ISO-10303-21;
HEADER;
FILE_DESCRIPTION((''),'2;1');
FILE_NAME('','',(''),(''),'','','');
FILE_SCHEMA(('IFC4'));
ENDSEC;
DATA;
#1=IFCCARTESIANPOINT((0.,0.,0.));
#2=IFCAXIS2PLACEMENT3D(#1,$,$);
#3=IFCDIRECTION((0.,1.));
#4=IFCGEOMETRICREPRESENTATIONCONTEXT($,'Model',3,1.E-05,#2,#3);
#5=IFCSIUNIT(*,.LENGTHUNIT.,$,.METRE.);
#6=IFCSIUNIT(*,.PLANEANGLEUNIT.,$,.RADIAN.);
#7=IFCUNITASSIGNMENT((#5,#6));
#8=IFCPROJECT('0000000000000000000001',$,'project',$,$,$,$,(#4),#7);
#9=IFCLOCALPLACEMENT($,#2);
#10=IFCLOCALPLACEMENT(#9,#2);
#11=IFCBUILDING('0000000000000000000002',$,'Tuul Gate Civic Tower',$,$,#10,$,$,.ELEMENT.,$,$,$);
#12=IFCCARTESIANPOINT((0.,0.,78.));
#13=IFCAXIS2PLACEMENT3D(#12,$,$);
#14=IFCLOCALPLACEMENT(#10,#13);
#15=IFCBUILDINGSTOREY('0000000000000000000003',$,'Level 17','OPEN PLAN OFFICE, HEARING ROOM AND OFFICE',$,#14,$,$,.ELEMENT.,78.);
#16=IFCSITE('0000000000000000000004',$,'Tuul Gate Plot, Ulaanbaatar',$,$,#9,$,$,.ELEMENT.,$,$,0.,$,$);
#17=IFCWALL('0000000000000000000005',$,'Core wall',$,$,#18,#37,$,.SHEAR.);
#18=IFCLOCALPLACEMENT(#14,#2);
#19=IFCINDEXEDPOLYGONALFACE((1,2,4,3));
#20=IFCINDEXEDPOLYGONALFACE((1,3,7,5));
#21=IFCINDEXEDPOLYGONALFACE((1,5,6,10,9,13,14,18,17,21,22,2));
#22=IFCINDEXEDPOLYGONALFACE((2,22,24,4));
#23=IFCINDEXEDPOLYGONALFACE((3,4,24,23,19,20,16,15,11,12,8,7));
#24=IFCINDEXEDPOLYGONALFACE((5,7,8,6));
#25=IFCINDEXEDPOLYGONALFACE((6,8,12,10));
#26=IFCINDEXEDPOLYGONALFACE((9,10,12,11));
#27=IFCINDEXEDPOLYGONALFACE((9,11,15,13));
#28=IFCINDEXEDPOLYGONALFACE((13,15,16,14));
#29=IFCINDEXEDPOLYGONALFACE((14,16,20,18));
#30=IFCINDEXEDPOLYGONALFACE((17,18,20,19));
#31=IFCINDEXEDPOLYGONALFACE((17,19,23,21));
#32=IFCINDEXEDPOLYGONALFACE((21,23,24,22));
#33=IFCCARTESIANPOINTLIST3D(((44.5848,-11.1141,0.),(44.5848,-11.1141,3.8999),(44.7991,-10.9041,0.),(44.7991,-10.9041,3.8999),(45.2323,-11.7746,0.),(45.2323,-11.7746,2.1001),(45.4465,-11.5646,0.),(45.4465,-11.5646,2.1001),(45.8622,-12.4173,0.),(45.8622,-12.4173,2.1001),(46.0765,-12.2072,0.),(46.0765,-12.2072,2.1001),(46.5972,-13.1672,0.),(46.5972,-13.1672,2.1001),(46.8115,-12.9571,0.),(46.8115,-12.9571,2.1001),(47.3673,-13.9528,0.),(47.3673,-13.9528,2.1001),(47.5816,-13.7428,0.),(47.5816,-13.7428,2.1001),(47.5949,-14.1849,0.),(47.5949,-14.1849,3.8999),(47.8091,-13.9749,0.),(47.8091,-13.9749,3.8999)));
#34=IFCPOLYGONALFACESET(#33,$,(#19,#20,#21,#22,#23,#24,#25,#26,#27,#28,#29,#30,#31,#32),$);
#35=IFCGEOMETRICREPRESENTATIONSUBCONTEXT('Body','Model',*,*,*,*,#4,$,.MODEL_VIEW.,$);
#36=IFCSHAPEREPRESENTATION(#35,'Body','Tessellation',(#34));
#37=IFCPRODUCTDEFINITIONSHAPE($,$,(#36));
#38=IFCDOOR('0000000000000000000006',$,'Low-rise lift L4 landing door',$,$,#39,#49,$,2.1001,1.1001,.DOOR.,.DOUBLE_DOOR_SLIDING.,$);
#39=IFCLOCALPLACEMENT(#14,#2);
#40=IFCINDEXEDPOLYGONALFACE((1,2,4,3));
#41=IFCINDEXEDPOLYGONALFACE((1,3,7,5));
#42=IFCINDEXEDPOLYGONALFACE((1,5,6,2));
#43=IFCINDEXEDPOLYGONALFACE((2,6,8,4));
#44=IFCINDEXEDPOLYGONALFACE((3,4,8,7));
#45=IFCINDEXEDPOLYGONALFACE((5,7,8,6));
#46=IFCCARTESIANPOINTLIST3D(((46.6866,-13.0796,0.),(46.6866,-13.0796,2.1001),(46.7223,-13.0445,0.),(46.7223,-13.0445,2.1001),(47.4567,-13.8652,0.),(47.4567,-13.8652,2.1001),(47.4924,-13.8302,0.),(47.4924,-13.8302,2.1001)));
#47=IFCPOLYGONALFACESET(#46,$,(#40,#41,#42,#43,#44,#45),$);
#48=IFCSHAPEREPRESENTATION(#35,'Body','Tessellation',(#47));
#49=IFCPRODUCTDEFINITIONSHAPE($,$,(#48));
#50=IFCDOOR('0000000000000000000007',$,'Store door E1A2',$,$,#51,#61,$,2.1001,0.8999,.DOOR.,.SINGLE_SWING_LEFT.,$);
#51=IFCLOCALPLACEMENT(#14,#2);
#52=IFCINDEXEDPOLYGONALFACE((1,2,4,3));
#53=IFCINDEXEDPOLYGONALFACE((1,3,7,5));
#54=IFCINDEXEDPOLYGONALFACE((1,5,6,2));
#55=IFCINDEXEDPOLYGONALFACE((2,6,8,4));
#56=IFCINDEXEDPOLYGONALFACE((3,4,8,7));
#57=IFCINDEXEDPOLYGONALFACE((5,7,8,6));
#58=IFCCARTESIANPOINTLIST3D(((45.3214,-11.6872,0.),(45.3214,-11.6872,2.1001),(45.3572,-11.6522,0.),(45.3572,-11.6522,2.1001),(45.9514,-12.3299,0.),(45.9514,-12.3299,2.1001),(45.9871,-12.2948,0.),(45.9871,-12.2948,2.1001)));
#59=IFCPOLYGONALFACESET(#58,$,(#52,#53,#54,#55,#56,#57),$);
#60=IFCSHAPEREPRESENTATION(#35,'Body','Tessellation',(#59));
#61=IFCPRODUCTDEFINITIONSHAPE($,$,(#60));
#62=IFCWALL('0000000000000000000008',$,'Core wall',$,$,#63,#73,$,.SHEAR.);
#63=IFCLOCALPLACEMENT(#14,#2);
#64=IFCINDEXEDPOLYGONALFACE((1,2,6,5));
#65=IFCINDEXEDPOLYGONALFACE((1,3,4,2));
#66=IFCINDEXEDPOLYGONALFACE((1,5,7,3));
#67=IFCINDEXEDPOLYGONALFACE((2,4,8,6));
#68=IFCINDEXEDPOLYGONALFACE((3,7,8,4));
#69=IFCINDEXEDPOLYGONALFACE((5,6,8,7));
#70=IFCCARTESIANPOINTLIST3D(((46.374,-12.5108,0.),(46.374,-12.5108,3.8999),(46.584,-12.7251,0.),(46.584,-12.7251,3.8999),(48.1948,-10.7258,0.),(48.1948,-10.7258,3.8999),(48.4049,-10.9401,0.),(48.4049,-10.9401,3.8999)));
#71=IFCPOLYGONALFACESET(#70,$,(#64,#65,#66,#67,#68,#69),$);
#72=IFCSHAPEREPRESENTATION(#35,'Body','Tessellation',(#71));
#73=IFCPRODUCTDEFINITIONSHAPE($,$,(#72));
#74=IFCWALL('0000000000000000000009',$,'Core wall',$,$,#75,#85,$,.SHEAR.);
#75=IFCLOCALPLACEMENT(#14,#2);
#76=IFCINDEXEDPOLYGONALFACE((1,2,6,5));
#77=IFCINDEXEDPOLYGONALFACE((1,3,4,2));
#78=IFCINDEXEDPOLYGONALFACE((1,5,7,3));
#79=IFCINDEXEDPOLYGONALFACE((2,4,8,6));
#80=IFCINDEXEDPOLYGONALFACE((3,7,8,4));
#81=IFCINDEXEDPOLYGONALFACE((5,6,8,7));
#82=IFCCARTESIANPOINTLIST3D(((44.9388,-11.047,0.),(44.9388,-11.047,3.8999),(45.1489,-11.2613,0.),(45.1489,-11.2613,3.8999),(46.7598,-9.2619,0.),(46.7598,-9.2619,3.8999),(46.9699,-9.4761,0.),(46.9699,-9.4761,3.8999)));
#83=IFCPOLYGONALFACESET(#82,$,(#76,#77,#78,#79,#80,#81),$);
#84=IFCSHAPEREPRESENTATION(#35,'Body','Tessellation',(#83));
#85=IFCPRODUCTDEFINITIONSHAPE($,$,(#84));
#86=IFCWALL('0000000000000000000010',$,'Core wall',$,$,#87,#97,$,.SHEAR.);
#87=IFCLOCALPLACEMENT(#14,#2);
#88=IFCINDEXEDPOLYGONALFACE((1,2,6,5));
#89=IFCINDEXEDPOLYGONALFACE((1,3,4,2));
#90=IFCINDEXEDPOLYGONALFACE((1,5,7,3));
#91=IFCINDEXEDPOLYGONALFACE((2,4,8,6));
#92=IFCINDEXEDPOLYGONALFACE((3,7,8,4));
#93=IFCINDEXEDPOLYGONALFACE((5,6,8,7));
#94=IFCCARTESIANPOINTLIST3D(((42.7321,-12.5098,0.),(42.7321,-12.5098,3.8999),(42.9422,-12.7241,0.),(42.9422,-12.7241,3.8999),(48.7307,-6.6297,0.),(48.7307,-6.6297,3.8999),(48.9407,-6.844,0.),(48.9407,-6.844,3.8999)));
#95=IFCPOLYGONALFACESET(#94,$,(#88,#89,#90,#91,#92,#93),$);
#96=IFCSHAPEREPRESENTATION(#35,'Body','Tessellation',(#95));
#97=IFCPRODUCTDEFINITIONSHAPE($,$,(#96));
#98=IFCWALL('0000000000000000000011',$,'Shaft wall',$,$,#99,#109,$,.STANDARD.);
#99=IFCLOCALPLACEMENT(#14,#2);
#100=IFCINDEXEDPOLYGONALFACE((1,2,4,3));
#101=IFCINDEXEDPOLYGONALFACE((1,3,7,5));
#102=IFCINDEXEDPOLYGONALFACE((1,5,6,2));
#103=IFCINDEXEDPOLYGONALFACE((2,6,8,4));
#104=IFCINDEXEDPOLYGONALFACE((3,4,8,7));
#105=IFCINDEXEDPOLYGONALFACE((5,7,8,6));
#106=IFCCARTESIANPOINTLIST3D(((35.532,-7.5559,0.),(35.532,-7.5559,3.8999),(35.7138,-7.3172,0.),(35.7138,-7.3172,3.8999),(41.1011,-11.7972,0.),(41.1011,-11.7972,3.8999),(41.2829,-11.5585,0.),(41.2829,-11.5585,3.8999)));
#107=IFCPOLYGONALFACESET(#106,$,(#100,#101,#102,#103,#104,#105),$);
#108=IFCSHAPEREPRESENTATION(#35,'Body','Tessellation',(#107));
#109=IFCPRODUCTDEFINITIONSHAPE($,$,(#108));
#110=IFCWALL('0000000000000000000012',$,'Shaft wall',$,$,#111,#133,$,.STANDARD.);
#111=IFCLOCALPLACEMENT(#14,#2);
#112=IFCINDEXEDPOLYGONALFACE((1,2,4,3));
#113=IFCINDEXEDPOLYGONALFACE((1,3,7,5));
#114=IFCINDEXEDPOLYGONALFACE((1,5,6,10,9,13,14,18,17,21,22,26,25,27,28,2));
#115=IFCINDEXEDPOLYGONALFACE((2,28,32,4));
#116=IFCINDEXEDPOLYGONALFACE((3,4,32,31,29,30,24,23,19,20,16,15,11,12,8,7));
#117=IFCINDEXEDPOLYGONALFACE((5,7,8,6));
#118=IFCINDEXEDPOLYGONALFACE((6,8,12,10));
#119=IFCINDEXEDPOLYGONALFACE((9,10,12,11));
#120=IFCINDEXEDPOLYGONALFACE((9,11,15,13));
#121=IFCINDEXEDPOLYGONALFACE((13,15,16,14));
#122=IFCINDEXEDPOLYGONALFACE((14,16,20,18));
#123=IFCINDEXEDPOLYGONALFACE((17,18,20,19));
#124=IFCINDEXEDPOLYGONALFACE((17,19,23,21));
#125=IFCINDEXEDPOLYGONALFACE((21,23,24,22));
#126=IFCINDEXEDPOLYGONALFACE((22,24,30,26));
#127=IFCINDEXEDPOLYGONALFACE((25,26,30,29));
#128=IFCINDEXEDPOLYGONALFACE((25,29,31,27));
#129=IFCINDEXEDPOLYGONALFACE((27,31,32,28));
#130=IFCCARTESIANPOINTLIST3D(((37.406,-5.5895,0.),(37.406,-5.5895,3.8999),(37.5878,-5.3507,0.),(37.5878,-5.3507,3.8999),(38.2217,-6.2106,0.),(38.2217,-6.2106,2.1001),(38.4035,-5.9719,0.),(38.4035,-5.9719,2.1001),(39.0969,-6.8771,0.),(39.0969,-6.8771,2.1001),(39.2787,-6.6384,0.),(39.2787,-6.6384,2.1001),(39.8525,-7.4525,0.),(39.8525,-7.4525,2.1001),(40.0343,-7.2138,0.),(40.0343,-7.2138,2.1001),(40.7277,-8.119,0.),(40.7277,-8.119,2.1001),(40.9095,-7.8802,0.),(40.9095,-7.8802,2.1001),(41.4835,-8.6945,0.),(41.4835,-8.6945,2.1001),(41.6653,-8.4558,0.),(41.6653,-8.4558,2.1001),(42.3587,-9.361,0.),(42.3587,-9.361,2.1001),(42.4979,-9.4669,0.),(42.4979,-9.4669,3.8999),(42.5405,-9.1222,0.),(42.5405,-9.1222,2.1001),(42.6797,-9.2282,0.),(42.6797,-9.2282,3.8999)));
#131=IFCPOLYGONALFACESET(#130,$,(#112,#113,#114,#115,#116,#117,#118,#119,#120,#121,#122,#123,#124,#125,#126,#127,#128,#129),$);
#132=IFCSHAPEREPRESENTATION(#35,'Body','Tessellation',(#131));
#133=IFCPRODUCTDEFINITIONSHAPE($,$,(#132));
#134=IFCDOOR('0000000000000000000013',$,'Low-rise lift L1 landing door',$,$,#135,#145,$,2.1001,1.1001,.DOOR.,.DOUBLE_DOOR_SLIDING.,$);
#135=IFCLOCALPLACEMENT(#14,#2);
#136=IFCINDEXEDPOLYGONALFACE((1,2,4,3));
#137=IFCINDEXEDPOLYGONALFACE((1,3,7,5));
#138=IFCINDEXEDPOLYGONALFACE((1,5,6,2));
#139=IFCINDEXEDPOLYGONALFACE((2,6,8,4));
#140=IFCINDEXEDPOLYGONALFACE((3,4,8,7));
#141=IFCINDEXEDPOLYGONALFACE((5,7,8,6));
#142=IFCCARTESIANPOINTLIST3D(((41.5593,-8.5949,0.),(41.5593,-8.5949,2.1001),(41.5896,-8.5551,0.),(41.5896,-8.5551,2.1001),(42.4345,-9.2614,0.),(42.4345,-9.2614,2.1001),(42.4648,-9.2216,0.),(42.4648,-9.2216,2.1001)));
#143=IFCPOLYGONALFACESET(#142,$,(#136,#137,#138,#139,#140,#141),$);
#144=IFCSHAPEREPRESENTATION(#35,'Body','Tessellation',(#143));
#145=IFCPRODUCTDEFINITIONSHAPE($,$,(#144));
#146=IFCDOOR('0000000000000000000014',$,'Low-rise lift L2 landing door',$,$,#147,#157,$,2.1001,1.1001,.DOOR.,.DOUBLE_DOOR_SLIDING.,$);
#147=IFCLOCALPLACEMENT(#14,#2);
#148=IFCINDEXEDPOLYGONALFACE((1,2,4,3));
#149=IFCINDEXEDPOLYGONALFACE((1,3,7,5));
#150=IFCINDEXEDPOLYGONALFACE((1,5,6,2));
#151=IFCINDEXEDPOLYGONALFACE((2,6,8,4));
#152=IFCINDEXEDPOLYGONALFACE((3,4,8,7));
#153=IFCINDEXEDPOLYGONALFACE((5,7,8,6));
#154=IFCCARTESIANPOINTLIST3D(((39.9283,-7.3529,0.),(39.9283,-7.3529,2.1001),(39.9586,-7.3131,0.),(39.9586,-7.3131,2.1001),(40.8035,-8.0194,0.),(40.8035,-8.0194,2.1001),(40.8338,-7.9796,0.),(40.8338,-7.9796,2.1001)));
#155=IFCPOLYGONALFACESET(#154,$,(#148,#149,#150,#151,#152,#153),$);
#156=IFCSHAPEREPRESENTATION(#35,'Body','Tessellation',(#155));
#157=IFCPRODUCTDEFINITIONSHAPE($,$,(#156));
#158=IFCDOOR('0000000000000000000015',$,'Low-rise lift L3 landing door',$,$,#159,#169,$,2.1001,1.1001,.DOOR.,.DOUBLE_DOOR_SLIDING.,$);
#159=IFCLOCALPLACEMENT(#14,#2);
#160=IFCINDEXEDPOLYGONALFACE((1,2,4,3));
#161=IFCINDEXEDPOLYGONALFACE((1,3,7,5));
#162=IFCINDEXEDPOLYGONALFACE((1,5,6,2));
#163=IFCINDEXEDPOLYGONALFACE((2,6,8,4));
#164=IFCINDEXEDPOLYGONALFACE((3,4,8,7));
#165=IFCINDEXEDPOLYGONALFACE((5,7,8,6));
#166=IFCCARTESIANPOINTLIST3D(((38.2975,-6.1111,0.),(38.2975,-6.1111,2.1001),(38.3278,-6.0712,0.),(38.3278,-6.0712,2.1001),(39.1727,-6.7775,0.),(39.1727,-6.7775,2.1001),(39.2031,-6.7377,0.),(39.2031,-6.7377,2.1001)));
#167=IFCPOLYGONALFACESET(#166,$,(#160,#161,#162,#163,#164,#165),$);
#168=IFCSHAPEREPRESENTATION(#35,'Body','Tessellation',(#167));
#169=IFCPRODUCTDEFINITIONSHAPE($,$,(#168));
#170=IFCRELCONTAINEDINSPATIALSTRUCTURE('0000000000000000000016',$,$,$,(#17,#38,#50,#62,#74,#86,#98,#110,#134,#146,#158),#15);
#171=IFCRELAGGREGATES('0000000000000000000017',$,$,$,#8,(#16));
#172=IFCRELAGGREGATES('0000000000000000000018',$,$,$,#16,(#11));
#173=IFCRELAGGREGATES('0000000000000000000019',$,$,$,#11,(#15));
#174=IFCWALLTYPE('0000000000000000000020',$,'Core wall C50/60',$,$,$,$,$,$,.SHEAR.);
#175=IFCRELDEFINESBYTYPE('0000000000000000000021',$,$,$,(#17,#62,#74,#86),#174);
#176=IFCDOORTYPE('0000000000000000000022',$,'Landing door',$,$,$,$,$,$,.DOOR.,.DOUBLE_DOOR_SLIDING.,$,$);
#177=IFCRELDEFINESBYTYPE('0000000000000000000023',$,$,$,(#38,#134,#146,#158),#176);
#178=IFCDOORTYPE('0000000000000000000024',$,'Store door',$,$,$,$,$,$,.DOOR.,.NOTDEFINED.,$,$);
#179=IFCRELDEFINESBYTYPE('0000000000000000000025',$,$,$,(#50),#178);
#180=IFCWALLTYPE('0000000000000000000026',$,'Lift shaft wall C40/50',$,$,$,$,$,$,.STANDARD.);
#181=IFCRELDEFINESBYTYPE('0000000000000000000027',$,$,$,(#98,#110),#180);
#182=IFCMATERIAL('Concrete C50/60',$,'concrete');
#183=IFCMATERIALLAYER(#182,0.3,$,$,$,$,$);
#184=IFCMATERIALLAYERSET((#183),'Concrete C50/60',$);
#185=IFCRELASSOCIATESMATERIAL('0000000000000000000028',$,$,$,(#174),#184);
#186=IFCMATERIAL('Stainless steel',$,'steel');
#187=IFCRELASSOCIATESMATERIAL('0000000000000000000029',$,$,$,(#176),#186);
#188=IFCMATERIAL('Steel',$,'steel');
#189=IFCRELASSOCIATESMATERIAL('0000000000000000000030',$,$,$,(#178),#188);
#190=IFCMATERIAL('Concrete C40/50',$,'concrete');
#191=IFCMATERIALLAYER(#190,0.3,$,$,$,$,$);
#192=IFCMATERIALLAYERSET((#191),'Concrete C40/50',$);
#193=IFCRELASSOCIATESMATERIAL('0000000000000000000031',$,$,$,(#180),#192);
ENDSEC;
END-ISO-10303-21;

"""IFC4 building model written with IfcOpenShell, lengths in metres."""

from ifc_helpers import new_model, si_unit, direction, frame, frame_2d, origin, place, context, subcontext, project, spatial, rectangle, extrude, material, layer, layer_set, type_object, element, fill, save


model = new_model("IFC4")

# Units and contexts
model_context = context("Model", 3, precision=1e-05, world=origin(), true_north=direction((0.0, 1.0)))
body_context = subcontext(model_context, "Body", "Model", "MODEL_VIEW")
ifc_project = project(units=[si_unit("LENGTHUNIT", "METRE"), si_unit("PLANEANGLEUNIT", "RADIAN")], contexts=[model_context])

# Site, building, storey
site_placement = place(None, origin())
site = spatial("IfcSite", under=ifc_project, at=site_placement, Name="Tuul Gate Plot, Ulaanbaatar", CompositionType="ELEMENT", RefElevation=0.0)
building_placement = place(site_placement, origin())
building = spatial("IfcBuilding", under=site, at=building_placement, Name="Tuul Gate Civic Tower", CompositionType="ELEMENT")
storey_placement = place(building_placement, frame((0.0, 0.0, 78.0)))
storey = spatial("IfcBuildingStorey", under=building, at=storey_placement, Name="Level 17", Description="OPEN PLAN OFFICE, HEARING ROOM AND OFFICE", CompositionType="ELEMENT", Elevation=78.0)

# Wall, openings, doors
ifc_material_1 = material(Name="Concrete C50/60", Category="concrete")
ifc_layer_1 = layer(ifc_material_1, 0.3)
ifc_layer_set_1 = layer_set([ifc_layer_1], Name="Concrete C50/60")
wall_type_1 = type_object("IfcWallType", Name="Core wall C50/60", PredefinedType="SHEAR", material=ifc_layer_set_1)
wall_1_placement = place(storey_placement, frame((47.7019, -14.0798, 0.0), z_axis=(0.0, 0.0, 1.0), x_axis=(-0.700003, 0.71414, 0.0)))
wall_1 = element("IfcWall", 1, at=wall_1_placement, inside=storey, type_object=wall_type_1, Name="Core wall", PredefinedType="SHEAR", context=body_context, shape_type="SweptSolid", body=[
    extrude(rectangle(XDim=4.3, YDim=0.3, at=frame_2d((2.1499, 0.0))), origin(), (0.0, 0.0, 1.0), 3.8999),
])
opening_1_placement = place(wall_1_placement, frame((0.325, 0.0, 0.0)))
opening_1 = element("IfcOpeningElement", 2, at=opening_1_placement, cuts=wall_1, PredefinedType="OPENING", context=body_context, shape_type="SweptSolid", body=[
    extrude(rectangle(XDim=1.1001, YDim=2.1001, at=frame_2d((0.55, 1.05))), frame((0.0, 0.1602, 0.0), z_axis=(0.0, -1.0, 0.0), x_axis=(1.0, 0.0, 0.0)), (0.0, 0.0, 1.0), 0.3201),
])
opening_2_placement = place(wall_1_placement, frame((2.4751, 0.0, 0.0)))
opening_2 = element("IfcOpeningElement", 3, at=opening_2_placement, cuts=wall_1, PredefinedType="OPENING", context=body_context, shape_type="SweptSolid", body=[
    extrude(rectangle(XDim=0.8999, YDim=2.1001, at=frame_2d((0.45, 1.05))), frame((0.0, 0.1602, 0.0), z_axis=(0.0, -1.0, 0.0), x_axis=(1.0, 0.0, 0.0)), (0.0, 0.0, 1.0), 0.3201),
])
ifc_material_2 = material(Name="Stainless steel", Category="steel")
door_type_1 = type_object("IfcDoorType", Name="Landing door", OperationType="DOUBLE_DOOR_SLIDING", PredefinedType="DOOR", material=ifc_material_2)
door_1_placement = place(opening_1_placement, origin())
door_1 = element("IfcDoor", 4, at=door_1_placement, inside=storey, type_object=door_type_1, Name="Low-rise lift L4 landing door", OperationType="DOUBLE_DOOR_SLIDING", OverallHeight=2.1001, OverallWidth=1.1001, PredefinedType="DOOR", context=body_context, shape_type="SweptSolid", body=[
    extrude(rectangle(XDim=1.1001, YDim=2.1001, at=frame_2d((0.55, 1.05))), frame((0.0, 0.0249, 0.0), z_axis=(0.0, -1.0, 0.0), x_axis=(1.0, 0.0, 0.0)), (0.0, 0.0, 1.0), 0.05),
])
fill(opening_1, door_1)
ifc_material_3 = material(Name="Steel", Category="steel")
door_type_2 = type_object("IfcDoorType", Name="Store door", OperationType="NOTDEFINED", PredefinedType="DOOR", material=ifc_material_3)
door_2_placement = place(opening_2_placement, frame((0.8999, 0.0, 0.0), z_axis=(0.0, 0.0, 1.0), x_axis=(-1.0, 0.0, 0.0)))
door_2 = element("IfcDoor", 5, at=door_2_placement, inside=storey, type_object=door_type_2, Name="Store door E1A2", OperationType="SINGLE_SWING_LEFT", OverallHeight=2.1001, OverallWidth=0.8999, PredefinedType="DOOR", context=body_context, shape_type="SweptSolid", body=[
    extrude(rectangle(XDim=0.8999, YDim=2.1001, at=frame_2d((0.45, 1.05))), frame((0.0, 0.0249, 0.0), z_axis=(0.0, -1.0, 0.0), x_axis=(1.0, 0.0, 0.0)), (0.0, 0.0, 1.0), 0.05),
])
fill(opening_2, door_2)

# Walls
wall_2_placement = place(storey_placement, frame((46.479, -12.6179, 0.0), z_axis=(0.0, 0.0, 1.0), x_axis=(0.714109, 0.700034, 0.0)))
element("IfcWall", 6, at=wall_2_placement, inside=storey, type_object=wall_type_1, Name="Core wall", PredefinedType="SHEAR", context=body_context, shape_type="SweptSolid", body=[
    extrude(rectangle(XDim=2.5498, YDim=0.3, at=frame_2d((1.2749, 0.0))), origin(), (0.0, 0.0, 1.0), 3.8999),
])
wall_3_placement = place(storey_placement, frame((45.0439, -11.1541, 0.0), z_axis=(0.0, 0.0, 1.0), x_axis=(0.714108, 0.700035, 0.0)))
element("IfcWall", 7, at=wall_3_placement, inside=storey, type_object=wall_type_1, Name="Core wall", PredefinedType="SHEAR", context=body_context, shape_type="SweptSolid", body=[
    extrude(rectangle(XDim=2.55, YDim=0.3, at=frame_2d((1.2749, 0.0))), origin(), (0.0, 0.0, 1.0), 3.8999),
])
wall_4_placement = place(storey_placement, frame((42.8372, -12.6169, 0.0), z_axis=(0.0, 0.0, 1.0), x_axis=(0.71412, 0.700023, 0.0)))
element("IfcWall", 8, at=wall_4_placement, inside=storey, type_object=wall_type_1, Name="Core wall", PredefinedType="SHEAR", context=body_context, shape_type="SweptSolid", body=[
    extrude(rectangle(XDim=8.3999, YDim=0.3, at=frame_2d((4.2, 0.0))), origin(), (0.0, 0.0, 1.0), 3.8999),
])
ifc_material_4 = material(Name="Concrete C40/50", Category="concrete")
ifc_layer_2 = layer(ifc_material_4, 0.3)
ifc_layer_set_2 = layer_set([ifc_layer_2], Name="Concrete C40/50")
wall_type_2 = type_object("IfcWallType", Name="Lift shaft wall C40/50", PredefinedType="STANDARD", material=ifc_layer_set_2)
wall_5_placement = place(storey_placement, frame((41.1919, -11.6777, 0.0), z_axis=(0.0, 0.0, 1.0), x_axis=(-0.795563, 0.605871, 0.0)))
element("IfcWall", 9, at=wall_5_placement, inside=storey, type_object=wall_type_2, Name="Shaft wall", PredefinedType="STANDARD", context=body_context, shape_type="SweptSolid", body=[
    extrude(rectangle(XDim=7.0002, YDim=0.3, at=frame_2d((3.5, 0.0))), origin(), (0.0, 0.0, 1.0), 3.8999),
])

# Wall, openings, doors
wall_6_placement = place(storey_placement, frame((42.5889, -9.3477, 0.0), z_axis=(0.0, 0.0, 1.0), x_axis=(-0.795584, 0.605843, 0.0)))
wall_6 = element("IfcWall", 10, at=wall_6_placement, inside=storey, type_object=wall_type_2, Name="Shaft wall", PredefinedType="STANDARD", context=body_context, shape_type="SweptSolid", body=[
    extrude(rectangle(XDim=6.4001, YDim=0.3, at=frame_2d((3.2002, 0.0))), origin(), (0.0, 0.0, 1.0), 3.8999),
])
opening_3_placement = place(wall_6_placement, frame((0.175, 0.0, 0.0)))
opening_3 = element("IfcOpeningElement", 11, at=opening_3_placement, cuts=wall_6, PredefinedType="OPENING", context=body_context, shape_type="SweptSolid", body=[
    extrude(rectangle(XDim=1.1001, YDim=2.1001, at=frame_2d((0.55, 1.05))), frame((0.0, 0.1602, 0.0), z_axis=(0.0, -1.0, 0.0), x_axis=(1.0, 0.0, 0.0)), (0.0, 0.0, 1.0), 0.3201),
])
opening_4_placement = place(wall_6_placement, frame((2.2251, 0.0, 0.0)))
opening_4 = element("IfcOpeningElement", 12, at=opening_4_placement, cuts=wall_6, PredefinedType="OPENING", context=body_context, shape_type="SweptSolid", body=[
    extrude(rectangle(XDim=1.1001, YDim=2.1001, at=frame_2d((0.55, 1.05))), frame((0.0, 0.1602, 0.0), z_axis=(0.0, -1.0, 0.0), x_axis=(1.0, 0.0, 0.0)), (0.0, 0.0, 1.0), 0.3201),
])
opening_5_placement = place(wall_6_placement, frame((4.2749, 0.0, 0.0)))
opening_5 = element("IfcOpeningElement", 13, at=opening_5_placement, cuts=wall_6, PredefinedType="OPENING", context=body_context, shape_type="SweptSolid", body=[
    extrude(rectangle(XDim=1.1001, YDim=2.1001, at=frame_2d((0.55, 1.05))), frame((0.0, 0.1602, 0.0), z_axis=(0.0, -1.0, 0.0), x_axis=(1.0, 0.0, 0.0)), (0.0, 0.0, 1.0), 0.3201),
])
door_3_placement = place(opening_3_placement, origin())
door_3 = element("IfcDoor", 14, at=door_3_placement, inside=storey, type_object=door_type_1, Name="Low-rise lift L1 landing door", OperationType="DOUBLE_DOOR_SLIDING", OverallHeight=2.1001, OverallWidth=1.1001, PredefinedType="DOOR", context=body_context, shape_type="SweptSolid", body=[
    extrude(rectangle(XDim=1.1001, YDim=2.1001, at=frame_2d((0.55, 1.05))), frame((0.0, 0.0249, 0.0), z_axis=(0.0, -1.0, 0.0), x_axis=(1.0, 0.0, 0.0)), (0.0, 0.0, 1.0), 0.05),
])
fill(opening_3, door_3)
door_4_placement = place(opening_4_placement, origin())
door_4 = element("IfcDoor", 15, at=door_4_placement, inside=storey, type_object=door_type_1, Name="Low-rise lift L2 landing door", OperationType="DOUBLE_DOOR_SLIDING", OverallHeight=2.1001, OverallWidth=1.1001, PredefinedType="DOOR", context=body_context, shape_type="SweptSolid", body=[
    extrude(rectangle(XDim=1.1001, YDim=2.1001, at=frame_2d((0.55, 1.05))), frame((0.0, 0.0249, 0.0), z_axis=(0.0, -1.0, 0.0), x_axis=(1.0, 0.0, 0.0)), (0.0, 0.0, 1.0), 0.05),
])
fill(opening_4, door_4)
door_5_placement = place(opening_5_placement, origin())
door_5 = element("IfcDoor", 16, at=door_5_placement, inside=storey, type_object=door_type_1, Name="Low-rise lift L3 landing door", OperationType="DOUBLE_DOOR_SLIDING", OverallHeight=2.1001, OverallWidth=1.1001, PredefinedType="DOOR", context=body_context, shape_type="SweptSolid", body=[
    extrude(rectangle(XDim=1.1001, YDim=2.1001, at=frame_2d((0.55, 1.05))), frame((0.0, 0.0249, 0.0), z_axis=(0.0, -1.0, 0.0), x_axis=(1.0, 0.0, 0.0)), (0.0, 0.0, 1.0), 0.05),
])
fill(opening_5, door_5)

save(model, "model.ifc")
